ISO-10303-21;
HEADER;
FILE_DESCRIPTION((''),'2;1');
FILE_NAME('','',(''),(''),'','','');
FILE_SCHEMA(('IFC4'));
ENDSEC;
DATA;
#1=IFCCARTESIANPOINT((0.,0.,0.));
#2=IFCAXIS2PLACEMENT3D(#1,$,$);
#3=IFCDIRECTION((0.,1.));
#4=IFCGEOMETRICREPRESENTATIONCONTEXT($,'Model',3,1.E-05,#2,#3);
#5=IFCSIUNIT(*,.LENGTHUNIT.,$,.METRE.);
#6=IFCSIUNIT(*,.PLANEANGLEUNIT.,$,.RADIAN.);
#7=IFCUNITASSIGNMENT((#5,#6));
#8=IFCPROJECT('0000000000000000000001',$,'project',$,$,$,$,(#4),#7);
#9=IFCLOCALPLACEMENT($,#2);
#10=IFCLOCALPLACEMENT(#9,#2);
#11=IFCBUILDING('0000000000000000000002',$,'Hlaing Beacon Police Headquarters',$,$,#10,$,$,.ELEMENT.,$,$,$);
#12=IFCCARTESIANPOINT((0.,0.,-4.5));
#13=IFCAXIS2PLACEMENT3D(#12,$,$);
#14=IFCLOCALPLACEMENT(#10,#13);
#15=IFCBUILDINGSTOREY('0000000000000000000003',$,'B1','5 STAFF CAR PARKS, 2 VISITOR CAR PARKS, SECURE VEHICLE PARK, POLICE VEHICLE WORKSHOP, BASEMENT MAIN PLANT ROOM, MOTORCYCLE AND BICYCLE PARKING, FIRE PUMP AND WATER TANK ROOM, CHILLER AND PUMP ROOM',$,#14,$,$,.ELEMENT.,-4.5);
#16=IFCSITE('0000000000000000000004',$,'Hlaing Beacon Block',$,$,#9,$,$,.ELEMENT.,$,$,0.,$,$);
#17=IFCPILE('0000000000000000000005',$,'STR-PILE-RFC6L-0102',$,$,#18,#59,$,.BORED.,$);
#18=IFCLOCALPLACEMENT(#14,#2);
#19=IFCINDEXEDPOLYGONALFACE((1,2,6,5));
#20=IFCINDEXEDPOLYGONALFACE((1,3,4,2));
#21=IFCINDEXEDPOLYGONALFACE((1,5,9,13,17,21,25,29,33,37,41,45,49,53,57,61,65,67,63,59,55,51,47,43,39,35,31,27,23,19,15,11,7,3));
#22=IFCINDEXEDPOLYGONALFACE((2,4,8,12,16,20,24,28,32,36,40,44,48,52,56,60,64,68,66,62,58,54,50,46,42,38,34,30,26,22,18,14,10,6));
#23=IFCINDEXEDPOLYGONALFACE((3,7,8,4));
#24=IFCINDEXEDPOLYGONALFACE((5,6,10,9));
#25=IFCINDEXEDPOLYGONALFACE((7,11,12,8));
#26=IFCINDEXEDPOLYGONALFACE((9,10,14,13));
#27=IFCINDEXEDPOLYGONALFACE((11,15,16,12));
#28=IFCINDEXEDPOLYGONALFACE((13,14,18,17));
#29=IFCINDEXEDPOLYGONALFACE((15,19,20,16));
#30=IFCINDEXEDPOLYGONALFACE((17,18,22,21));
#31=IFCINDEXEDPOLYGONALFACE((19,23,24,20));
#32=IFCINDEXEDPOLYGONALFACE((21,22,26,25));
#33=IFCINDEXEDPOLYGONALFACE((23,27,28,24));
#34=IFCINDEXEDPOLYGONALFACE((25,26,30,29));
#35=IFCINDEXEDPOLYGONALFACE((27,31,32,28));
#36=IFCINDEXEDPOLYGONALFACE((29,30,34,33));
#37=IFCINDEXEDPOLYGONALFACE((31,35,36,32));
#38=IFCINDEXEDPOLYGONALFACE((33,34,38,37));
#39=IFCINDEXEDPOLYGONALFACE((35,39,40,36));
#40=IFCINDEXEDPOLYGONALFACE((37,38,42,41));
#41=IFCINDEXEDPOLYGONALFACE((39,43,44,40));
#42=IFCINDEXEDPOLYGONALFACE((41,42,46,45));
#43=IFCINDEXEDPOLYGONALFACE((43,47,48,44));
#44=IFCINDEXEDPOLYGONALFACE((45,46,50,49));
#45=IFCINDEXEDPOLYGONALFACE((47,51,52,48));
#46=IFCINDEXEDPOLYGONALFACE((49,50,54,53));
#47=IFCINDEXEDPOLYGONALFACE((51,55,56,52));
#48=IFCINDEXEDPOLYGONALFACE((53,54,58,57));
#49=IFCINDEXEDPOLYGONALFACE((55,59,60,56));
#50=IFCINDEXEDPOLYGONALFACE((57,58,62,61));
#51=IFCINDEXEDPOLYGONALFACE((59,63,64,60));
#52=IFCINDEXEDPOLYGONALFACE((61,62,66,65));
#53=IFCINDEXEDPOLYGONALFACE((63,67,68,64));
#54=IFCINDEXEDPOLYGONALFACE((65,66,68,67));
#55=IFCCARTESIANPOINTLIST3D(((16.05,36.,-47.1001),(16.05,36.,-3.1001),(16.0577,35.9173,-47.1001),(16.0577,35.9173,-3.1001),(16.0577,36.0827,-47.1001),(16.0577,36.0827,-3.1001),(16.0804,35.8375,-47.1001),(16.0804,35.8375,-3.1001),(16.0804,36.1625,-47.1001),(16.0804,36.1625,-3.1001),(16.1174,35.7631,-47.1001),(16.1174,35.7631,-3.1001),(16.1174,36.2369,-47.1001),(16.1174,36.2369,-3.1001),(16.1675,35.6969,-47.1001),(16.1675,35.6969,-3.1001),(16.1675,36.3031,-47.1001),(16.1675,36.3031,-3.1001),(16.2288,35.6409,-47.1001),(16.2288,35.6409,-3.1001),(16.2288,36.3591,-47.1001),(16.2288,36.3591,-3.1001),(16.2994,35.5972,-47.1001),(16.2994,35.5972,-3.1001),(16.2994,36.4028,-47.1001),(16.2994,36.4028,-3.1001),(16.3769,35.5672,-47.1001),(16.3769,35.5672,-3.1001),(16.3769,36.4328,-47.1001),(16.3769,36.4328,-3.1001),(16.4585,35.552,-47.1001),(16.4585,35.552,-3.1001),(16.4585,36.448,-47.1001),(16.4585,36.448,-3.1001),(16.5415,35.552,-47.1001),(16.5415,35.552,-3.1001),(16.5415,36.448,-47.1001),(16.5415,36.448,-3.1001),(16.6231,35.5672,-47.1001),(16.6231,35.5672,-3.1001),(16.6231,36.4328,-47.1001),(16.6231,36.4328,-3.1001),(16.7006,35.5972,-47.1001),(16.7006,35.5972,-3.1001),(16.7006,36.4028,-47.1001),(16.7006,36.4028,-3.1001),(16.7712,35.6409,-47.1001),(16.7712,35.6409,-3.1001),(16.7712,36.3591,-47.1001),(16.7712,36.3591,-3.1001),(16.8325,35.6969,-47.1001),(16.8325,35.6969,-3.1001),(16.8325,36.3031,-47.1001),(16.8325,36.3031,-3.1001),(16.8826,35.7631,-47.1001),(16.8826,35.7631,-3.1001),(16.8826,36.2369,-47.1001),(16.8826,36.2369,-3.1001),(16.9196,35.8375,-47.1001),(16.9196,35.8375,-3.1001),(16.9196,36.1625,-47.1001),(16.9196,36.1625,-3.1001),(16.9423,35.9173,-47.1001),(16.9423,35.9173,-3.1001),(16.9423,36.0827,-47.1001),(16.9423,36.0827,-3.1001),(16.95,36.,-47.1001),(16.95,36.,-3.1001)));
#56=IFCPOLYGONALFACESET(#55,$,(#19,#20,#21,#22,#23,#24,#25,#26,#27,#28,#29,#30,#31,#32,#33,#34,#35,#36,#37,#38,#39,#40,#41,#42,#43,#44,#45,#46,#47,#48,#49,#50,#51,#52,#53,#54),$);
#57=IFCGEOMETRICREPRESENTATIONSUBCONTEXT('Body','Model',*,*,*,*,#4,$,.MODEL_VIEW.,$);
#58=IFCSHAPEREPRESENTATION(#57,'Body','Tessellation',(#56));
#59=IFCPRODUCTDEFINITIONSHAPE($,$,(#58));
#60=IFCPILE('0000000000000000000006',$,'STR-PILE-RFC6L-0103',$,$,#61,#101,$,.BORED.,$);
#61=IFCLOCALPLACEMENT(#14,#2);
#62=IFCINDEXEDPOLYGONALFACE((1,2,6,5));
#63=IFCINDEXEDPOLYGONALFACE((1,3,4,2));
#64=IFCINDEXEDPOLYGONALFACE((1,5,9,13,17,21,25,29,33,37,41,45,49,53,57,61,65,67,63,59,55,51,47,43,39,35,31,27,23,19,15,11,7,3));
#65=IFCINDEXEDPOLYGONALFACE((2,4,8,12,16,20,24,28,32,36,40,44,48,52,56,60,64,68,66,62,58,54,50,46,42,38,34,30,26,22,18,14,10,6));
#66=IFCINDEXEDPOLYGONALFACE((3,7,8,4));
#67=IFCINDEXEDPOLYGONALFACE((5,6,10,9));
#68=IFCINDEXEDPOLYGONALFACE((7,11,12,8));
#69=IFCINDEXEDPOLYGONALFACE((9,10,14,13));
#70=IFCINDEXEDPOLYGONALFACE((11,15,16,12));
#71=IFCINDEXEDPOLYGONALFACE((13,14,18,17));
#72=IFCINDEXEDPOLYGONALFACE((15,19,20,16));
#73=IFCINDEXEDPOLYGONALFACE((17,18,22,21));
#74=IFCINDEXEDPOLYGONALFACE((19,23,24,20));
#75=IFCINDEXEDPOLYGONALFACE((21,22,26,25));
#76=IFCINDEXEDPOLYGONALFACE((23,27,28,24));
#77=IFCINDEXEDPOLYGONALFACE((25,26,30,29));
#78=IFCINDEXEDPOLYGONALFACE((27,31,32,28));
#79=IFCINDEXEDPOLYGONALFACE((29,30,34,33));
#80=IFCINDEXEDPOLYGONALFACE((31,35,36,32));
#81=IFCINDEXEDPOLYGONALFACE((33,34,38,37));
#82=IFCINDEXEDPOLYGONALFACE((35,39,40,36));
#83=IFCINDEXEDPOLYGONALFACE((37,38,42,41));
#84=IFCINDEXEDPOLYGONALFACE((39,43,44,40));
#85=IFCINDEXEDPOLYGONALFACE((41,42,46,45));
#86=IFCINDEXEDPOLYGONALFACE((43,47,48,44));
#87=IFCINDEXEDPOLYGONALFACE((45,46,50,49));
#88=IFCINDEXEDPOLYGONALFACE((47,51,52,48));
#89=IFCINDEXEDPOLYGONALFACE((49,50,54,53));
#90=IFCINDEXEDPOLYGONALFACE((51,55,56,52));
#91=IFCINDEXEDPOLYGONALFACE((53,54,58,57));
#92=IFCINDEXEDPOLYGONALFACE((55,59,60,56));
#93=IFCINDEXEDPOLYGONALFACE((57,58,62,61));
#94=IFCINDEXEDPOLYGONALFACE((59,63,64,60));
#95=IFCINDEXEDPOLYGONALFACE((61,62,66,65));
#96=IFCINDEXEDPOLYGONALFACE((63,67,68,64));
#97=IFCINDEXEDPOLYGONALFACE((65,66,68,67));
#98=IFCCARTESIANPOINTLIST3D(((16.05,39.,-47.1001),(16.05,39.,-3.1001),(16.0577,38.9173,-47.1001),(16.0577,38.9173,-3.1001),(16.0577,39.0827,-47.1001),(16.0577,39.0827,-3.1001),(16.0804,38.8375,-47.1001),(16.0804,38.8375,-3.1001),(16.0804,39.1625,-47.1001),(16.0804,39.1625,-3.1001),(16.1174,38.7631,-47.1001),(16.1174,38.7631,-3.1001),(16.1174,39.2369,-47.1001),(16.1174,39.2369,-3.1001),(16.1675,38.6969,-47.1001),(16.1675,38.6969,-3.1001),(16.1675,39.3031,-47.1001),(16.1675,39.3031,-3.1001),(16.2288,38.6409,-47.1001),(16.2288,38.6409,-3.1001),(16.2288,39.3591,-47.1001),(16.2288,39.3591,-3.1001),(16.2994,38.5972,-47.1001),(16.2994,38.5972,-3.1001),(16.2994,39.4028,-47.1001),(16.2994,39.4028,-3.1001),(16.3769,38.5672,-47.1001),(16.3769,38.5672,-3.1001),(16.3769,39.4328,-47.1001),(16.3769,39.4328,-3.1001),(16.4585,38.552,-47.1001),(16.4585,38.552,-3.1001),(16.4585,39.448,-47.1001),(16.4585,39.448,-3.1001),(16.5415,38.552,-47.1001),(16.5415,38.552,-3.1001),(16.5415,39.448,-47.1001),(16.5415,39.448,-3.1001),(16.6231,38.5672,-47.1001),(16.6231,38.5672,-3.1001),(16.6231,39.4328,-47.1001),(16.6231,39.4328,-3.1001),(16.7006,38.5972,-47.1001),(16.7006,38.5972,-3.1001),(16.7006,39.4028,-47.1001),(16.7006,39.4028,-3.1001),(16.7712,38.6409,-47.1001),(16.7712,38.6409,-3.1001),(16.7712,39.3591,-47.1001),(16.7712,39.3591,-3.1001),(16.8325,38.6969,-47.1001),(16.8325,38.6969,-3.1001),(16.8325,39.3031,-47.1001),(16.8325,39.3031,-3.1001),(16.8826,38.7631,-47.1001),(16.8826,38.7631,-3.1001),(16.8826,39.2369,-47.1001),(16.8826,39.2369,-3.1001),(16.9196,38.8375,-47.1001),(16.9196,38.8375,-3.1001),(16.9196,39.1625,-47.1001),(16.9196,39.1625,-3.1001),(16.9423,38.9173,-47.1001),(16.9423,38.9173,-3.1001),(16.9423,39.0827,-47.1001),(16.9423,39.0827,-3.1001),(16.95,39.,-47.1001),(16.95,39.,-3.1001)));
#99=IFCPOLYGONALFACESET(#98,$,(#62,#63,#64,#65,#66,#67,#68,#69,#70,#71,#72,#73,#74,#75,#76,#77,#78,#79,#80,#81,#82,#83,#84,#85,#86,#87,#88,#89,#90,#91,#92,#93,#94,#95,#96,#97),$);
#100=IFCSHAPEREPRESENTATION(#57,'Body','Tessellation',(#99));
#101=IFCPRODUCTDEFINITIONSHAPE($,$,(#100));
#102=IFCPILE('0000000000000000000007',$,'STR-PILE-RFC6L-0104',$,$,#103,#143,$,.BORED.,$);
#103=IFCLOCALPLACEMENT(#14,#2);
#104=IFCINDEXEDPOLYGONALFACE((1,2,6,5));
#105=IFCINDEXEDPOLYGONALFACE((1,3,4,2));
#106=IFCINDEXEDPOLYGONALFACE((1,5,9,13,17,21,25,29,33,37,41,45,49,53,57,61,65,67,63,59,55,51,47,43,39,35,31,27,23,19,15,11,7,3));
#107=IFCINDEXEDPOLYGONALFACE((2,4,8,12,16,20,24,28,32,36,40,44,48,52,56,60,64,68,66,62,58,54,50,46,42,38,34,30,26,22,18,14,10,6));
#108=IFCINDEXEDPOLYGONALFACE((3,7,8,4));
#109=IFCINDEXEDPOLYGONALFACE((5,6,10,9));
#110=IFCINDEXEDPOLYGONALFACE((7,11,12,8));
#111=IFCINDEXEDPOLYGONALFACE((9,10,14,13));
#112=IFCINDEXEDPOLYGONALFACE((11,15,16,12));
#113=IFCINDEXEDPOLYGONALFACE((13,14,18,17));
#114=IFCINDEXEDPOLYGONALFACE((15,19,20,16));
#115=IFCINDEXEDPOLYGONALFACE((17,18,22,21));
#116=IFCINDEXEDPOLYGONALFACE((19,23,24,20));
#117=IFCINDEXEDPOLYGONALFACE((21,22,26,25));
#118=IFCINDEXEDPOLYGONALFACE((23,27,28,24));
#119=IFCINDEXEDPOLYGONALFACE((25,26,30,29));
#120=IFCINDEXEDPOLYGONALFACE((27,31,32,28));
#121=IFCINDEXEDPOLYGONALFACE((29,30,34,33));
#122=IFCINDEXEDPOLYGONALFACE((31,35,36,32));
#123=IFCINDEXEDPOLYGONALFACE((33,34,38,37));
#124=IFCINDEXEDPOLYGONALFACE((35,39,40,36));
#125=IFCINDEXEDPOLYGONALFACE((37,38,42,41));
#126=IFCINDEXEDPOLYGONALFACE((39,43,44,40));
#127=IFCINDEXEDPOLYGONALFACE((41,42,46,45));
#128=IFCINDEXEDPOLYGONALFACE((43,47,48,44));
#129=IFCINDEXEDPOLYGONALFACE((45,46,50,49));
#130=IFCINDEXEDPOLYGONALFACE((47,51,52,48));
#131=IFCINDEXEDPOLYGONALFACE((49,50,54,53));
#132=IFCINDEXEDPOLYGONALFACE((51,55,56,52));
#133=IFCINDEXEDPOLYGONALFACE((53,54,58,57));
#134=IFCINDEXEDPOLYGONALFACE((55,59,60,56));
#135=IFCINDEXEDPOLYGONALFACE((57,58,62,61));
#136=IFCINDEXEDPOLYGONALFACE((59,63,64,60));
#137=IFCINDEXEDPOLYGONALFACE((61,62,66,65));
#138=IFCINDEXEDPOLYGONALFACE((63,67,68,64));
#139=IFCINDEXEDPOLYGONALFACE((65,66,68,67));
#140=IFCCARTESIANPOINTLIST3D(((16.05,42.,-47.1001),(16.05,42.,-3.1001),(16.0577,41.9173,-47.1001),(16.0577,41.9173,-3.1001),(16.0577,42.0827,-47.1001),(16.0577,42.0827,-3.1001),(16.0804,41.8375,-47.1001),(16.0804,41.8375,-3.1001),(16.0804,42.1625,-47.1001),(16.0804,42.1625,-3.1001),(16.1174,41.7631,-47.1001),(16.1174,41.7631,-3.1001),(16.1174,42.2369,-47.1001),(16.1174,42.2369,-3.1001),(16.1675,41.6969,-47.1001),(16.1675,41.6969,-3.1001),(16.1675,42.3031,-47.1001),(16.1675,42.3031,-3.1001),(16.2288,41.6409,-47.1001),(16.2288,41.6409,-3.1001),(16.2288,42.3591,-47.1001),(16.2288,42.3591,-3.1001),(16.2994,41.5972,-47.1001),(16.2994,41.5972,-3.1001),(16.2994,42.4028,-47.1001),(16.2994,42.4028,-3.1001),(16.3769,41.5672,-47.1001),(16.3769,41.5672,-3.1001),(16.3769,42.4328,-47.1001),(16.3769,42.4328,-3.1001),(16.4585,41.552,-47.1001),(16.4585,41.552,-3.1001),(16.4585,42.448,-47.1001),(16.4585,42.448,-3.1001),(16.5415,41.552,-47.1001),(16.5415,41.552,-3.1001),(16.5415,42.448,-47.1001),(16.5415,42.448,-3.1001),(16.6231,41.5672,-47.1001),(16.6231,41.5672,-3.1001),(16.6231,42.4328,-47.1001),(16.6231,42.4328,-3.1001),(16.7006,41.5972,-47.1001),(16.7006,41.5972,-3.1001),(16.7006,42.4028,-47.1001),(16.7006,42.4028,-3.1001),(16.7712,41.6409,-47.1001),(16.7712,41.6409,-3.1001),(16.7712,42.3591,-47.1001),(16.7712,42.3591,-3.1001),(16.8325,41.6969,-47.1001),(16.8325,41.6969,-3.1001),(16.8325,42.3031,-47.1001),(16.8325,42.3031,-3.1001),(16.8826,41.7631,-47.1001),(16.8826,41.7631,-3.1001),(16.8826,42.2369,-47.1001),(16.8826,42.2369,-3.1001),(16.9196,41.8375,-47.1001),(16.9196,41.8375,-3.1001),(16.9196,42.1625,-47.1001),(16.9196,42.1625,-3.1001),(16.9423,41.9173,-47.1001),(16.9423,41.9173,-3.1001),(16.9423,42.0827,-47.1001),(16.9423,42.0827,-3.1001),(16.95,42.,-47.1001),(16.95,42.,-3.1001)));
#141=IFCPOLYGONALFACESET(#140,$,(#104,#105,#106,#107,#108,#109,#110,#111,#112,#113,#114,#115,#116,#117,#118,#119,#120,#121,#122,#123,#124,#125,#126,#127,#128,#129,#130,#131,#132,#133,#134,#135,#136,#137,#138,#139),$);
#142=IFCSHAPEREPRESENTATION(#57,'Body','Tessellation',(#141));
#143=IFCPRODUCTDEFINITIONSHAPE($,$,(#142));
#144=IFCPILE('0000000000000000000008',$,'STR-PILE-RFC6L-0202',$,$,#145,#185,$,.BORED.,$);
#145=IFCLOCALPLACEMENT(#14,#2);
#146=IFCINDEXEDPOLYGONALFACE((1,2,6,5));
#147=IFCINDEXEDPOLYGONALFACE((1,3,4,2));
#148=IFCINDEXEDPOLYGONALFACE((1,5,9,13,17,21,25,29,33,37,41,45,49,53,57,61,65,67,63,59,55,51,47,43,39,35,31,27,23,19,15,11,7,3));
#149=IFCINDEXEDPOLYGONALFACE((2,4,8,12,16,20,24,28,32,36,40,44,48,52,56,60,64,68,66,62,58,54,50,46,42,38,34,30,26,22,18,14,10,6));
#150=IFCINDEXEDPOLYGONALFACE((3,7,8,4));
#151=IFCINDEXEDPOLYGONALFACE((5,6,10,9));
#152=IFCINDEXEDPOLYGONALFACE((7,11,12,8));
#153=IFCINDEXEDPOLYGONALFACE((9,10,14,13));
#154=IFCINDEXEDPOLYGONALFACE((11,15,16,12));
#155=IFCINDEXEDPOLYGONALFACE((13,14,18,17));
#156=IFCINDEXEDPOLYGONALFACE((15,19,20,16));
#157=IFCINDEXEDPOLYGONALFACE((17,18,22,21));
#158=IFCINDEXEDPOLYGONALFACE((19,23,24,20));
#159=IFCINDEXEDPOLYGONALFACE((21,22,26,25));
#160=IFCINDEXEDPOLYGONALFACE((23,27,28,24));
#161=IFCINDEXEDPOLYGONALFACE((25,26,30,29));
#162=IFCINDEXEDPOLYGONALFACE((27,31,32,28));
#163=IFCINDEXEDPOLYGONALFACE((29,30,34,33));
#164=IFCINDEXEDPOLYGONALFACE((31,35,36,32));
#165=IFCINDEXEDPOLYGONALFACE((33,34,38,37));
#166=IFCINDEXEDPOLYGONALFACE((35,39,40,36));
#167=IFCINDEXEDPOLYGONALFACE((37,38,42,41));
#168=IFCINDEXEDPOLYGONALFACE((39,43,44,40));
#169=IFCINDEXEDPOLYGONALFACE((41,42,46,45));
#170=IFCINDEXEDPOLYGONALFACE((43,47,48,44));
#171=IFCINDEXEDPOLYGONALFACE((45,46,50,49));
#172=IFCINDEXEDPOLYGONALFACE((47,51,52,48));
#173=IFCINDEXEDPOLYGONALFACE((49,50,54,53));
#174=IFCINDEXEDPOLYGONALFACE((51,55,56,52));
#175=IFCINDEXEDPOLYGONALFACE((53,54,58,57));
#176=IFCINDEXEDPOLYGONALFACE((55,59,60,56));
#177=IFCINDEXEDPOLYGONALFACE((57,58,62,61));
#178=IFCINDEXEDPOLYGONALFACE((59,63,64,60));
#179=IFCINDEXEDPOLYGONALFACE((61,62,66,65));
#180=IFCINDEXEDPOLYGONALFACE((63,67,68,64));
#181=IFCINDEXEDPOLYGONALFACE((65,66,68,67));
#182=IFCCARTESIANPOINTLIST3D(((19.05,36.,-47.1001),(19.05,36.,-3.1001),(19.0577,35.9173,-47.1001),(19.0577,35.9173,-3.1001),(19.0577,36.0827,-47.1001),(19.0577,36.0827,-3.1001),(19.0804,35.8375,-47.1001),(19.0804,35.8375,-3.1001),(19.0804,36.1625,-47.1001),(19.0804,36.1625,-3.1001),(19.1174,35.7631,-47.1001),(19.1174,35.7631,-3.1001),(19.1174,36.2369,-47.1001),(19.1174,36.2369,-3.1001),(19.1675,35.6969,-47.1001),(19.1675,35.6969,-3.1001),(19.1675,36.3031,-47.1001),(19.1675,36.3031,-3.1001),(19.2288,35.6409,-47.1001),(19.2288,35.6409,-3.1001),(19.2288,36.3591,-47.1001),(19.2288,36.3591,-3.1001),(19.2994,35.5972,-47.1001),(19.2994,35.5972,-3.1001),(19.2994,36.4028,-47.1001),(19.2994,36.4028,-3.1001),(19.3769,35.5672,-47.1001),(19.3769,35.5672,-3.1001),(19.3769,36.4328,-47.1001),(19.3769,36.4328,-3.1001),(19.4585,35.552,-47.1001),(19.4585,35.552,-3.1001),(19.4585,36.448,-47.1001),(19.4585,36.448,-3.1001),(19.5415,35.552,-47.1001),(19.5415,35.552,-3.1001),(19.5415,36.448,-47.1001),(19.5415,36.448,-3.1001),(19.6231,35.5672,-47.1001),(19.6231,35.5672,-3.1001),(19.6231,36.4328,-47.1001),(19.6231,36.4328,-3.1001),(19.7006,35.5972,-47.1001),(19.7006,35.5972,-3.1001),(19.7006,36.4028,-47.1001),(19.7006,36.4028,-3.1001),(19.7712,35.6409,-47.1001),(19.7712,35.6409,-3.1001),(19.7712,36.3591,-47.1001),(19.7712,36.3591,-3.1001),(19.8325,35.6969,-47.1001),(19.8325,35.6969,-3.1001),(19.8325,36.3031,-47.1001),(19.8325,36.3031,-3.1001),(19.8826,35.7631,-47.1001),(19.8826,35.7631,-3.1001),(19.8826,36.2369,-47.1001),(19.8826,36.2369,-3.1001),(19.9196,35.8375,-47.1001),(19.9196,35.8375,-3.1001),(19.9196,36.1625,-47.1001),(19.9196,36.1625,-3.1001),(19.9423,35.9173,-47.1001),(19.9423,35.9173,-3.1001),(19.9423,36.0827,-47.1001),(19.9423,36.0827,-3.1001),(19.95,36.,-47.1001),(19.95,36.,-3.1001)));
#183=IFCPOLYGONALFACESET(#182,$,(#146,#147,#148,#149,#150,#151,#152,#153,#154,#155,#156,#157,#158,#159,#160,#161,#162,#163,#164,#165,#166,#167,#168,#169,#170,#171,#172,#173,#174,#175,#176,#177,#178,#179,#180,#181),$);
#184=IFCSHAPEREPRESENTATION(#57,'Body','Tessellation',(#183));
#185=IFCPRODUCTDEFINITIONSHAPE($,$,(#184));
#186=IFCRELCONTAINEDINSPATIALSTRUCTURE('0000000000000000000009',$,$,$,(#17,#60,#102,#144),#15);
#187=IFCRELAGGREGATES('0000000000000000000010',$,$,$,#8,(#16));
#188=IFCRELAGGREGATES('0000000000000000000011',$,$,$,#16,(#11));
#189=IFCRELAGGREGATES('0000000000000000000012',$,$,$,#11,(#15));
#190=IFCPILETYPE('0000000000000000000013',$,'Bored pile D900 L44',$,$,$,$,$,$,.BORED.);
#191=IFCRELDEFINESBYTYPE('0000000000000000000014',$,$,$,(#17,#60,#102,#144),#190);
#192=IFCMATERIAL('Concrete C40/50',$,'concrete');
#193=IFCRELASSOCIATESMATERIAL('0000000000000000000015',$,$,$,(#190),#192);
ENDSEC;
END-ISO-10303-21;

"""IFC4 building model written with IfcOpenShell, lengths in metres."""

from ifc_helpers import new_model, si_unit, direction, frame, origin, origin_2d, place, context, subcontext, project, spatial, circle, extrude, material, material_profile, profile_set, type_object, element, save


model = new_model("IFC4")

# Units and contexts
model_context = context("Model", 3, precision=1e-05, world=origin(), true_north=direction((0.0, 1.0)))
body_context = subcontext(model_context, "Body", "Model", "MODEL_VIEW")
ifc_project = project(units=[si_unit("LENGTHUNIT", "METRE"), si_unit("PLANEANGLEUNIT", "RADIAN")], contexts=[model_context])

# Site, building, storey
site_placement = place(None, origin())
site = spatial("IfcSite", under=ifc_project, at=site_placement, Name="Hlaing Beacon Block", CompositionType="ELEMENT", RefElevation=0.0)
building_placement = place(site_placement, origin())
building = spatial("IfcBuilding", under=site, at=building_placement, Name="Hlaing Beacon Police Headquarters", CompositionType="ELEMENT")
storey_placement = place(building_placement, frame((0.0, 0.0, -4.5)))
storey = spatial("IfcBuildingStorey", under=building, at=storey_placement, Name="B1", Description="5 STAFF CAR PARKS, 2 VISITOR CAR PARKS, SECURE VEHICLE PARK, POLICE VEHICLE WORKSHOP, BASEMENT MAIN PLANT ROOM, MOTORCYCLE AND BICYCLE PARKING, FIRE PUMP AND WATER TANK ROOM, CHILLER AND PUMP ROOM", CompositionType="ELEMENT", Elevation=-4.5)

# Piles
ifc_material_1 = material(Name="Concrete C40/50", Category="concrete")
ifc_material_profile = material_profile(ifc_material_1, circle(Radius=0.45, at=origin_2d()), Name="D900")
ifc_profile_set = profile_set([ifc_material_profile], Name="Concrete C40/50")
pile_type = type_object("IfcPileType", Name="Bored pile D900 L44", PredefinedType="BORED", material=ifc_profile_set)
for number, where, z_axis, x_axis, name in (
    (1, (16.5, 36.0, -3.1001), (0.0, 0.0, -1.0), (1.0, 0.0, 0.0), "STR-PILE-RFC6L-0102"),
    (2, (16.5, 39.0, -3.1001), (0.0, 0.0, -1.0), (1.0, 0.0, 0.0), "STR-PILE-RFC6L-0103"),
    (3, (16.5, 42.0, -3.1001), (0.0, 0.0, -1.0), (1.0, 0.0, 0.0), "STR-PILE-RFC6L-0104"),
    (4, (19.5, 36.0, -3.1001), (0.0, 0.0, -1.0), (1.0, 0.0, 0.0), "STR-PILE-RFC6L-0202"),
):
    element("IfcPile", number, at=place(storey_placement, frame(where, z_axis=z_axis, x_axis=x_axis)), inside=storey, type_object=pile_type, Name=name, PredefinedType="BORED", context=body_context, shape_type="SweptSolid", body=[
        extrude(circle(Radius=0.45, at=origin_2d()), origin(), (0.0, 0.0, 1.0), 44.0),
    ])

save(model, "model.ifc")
